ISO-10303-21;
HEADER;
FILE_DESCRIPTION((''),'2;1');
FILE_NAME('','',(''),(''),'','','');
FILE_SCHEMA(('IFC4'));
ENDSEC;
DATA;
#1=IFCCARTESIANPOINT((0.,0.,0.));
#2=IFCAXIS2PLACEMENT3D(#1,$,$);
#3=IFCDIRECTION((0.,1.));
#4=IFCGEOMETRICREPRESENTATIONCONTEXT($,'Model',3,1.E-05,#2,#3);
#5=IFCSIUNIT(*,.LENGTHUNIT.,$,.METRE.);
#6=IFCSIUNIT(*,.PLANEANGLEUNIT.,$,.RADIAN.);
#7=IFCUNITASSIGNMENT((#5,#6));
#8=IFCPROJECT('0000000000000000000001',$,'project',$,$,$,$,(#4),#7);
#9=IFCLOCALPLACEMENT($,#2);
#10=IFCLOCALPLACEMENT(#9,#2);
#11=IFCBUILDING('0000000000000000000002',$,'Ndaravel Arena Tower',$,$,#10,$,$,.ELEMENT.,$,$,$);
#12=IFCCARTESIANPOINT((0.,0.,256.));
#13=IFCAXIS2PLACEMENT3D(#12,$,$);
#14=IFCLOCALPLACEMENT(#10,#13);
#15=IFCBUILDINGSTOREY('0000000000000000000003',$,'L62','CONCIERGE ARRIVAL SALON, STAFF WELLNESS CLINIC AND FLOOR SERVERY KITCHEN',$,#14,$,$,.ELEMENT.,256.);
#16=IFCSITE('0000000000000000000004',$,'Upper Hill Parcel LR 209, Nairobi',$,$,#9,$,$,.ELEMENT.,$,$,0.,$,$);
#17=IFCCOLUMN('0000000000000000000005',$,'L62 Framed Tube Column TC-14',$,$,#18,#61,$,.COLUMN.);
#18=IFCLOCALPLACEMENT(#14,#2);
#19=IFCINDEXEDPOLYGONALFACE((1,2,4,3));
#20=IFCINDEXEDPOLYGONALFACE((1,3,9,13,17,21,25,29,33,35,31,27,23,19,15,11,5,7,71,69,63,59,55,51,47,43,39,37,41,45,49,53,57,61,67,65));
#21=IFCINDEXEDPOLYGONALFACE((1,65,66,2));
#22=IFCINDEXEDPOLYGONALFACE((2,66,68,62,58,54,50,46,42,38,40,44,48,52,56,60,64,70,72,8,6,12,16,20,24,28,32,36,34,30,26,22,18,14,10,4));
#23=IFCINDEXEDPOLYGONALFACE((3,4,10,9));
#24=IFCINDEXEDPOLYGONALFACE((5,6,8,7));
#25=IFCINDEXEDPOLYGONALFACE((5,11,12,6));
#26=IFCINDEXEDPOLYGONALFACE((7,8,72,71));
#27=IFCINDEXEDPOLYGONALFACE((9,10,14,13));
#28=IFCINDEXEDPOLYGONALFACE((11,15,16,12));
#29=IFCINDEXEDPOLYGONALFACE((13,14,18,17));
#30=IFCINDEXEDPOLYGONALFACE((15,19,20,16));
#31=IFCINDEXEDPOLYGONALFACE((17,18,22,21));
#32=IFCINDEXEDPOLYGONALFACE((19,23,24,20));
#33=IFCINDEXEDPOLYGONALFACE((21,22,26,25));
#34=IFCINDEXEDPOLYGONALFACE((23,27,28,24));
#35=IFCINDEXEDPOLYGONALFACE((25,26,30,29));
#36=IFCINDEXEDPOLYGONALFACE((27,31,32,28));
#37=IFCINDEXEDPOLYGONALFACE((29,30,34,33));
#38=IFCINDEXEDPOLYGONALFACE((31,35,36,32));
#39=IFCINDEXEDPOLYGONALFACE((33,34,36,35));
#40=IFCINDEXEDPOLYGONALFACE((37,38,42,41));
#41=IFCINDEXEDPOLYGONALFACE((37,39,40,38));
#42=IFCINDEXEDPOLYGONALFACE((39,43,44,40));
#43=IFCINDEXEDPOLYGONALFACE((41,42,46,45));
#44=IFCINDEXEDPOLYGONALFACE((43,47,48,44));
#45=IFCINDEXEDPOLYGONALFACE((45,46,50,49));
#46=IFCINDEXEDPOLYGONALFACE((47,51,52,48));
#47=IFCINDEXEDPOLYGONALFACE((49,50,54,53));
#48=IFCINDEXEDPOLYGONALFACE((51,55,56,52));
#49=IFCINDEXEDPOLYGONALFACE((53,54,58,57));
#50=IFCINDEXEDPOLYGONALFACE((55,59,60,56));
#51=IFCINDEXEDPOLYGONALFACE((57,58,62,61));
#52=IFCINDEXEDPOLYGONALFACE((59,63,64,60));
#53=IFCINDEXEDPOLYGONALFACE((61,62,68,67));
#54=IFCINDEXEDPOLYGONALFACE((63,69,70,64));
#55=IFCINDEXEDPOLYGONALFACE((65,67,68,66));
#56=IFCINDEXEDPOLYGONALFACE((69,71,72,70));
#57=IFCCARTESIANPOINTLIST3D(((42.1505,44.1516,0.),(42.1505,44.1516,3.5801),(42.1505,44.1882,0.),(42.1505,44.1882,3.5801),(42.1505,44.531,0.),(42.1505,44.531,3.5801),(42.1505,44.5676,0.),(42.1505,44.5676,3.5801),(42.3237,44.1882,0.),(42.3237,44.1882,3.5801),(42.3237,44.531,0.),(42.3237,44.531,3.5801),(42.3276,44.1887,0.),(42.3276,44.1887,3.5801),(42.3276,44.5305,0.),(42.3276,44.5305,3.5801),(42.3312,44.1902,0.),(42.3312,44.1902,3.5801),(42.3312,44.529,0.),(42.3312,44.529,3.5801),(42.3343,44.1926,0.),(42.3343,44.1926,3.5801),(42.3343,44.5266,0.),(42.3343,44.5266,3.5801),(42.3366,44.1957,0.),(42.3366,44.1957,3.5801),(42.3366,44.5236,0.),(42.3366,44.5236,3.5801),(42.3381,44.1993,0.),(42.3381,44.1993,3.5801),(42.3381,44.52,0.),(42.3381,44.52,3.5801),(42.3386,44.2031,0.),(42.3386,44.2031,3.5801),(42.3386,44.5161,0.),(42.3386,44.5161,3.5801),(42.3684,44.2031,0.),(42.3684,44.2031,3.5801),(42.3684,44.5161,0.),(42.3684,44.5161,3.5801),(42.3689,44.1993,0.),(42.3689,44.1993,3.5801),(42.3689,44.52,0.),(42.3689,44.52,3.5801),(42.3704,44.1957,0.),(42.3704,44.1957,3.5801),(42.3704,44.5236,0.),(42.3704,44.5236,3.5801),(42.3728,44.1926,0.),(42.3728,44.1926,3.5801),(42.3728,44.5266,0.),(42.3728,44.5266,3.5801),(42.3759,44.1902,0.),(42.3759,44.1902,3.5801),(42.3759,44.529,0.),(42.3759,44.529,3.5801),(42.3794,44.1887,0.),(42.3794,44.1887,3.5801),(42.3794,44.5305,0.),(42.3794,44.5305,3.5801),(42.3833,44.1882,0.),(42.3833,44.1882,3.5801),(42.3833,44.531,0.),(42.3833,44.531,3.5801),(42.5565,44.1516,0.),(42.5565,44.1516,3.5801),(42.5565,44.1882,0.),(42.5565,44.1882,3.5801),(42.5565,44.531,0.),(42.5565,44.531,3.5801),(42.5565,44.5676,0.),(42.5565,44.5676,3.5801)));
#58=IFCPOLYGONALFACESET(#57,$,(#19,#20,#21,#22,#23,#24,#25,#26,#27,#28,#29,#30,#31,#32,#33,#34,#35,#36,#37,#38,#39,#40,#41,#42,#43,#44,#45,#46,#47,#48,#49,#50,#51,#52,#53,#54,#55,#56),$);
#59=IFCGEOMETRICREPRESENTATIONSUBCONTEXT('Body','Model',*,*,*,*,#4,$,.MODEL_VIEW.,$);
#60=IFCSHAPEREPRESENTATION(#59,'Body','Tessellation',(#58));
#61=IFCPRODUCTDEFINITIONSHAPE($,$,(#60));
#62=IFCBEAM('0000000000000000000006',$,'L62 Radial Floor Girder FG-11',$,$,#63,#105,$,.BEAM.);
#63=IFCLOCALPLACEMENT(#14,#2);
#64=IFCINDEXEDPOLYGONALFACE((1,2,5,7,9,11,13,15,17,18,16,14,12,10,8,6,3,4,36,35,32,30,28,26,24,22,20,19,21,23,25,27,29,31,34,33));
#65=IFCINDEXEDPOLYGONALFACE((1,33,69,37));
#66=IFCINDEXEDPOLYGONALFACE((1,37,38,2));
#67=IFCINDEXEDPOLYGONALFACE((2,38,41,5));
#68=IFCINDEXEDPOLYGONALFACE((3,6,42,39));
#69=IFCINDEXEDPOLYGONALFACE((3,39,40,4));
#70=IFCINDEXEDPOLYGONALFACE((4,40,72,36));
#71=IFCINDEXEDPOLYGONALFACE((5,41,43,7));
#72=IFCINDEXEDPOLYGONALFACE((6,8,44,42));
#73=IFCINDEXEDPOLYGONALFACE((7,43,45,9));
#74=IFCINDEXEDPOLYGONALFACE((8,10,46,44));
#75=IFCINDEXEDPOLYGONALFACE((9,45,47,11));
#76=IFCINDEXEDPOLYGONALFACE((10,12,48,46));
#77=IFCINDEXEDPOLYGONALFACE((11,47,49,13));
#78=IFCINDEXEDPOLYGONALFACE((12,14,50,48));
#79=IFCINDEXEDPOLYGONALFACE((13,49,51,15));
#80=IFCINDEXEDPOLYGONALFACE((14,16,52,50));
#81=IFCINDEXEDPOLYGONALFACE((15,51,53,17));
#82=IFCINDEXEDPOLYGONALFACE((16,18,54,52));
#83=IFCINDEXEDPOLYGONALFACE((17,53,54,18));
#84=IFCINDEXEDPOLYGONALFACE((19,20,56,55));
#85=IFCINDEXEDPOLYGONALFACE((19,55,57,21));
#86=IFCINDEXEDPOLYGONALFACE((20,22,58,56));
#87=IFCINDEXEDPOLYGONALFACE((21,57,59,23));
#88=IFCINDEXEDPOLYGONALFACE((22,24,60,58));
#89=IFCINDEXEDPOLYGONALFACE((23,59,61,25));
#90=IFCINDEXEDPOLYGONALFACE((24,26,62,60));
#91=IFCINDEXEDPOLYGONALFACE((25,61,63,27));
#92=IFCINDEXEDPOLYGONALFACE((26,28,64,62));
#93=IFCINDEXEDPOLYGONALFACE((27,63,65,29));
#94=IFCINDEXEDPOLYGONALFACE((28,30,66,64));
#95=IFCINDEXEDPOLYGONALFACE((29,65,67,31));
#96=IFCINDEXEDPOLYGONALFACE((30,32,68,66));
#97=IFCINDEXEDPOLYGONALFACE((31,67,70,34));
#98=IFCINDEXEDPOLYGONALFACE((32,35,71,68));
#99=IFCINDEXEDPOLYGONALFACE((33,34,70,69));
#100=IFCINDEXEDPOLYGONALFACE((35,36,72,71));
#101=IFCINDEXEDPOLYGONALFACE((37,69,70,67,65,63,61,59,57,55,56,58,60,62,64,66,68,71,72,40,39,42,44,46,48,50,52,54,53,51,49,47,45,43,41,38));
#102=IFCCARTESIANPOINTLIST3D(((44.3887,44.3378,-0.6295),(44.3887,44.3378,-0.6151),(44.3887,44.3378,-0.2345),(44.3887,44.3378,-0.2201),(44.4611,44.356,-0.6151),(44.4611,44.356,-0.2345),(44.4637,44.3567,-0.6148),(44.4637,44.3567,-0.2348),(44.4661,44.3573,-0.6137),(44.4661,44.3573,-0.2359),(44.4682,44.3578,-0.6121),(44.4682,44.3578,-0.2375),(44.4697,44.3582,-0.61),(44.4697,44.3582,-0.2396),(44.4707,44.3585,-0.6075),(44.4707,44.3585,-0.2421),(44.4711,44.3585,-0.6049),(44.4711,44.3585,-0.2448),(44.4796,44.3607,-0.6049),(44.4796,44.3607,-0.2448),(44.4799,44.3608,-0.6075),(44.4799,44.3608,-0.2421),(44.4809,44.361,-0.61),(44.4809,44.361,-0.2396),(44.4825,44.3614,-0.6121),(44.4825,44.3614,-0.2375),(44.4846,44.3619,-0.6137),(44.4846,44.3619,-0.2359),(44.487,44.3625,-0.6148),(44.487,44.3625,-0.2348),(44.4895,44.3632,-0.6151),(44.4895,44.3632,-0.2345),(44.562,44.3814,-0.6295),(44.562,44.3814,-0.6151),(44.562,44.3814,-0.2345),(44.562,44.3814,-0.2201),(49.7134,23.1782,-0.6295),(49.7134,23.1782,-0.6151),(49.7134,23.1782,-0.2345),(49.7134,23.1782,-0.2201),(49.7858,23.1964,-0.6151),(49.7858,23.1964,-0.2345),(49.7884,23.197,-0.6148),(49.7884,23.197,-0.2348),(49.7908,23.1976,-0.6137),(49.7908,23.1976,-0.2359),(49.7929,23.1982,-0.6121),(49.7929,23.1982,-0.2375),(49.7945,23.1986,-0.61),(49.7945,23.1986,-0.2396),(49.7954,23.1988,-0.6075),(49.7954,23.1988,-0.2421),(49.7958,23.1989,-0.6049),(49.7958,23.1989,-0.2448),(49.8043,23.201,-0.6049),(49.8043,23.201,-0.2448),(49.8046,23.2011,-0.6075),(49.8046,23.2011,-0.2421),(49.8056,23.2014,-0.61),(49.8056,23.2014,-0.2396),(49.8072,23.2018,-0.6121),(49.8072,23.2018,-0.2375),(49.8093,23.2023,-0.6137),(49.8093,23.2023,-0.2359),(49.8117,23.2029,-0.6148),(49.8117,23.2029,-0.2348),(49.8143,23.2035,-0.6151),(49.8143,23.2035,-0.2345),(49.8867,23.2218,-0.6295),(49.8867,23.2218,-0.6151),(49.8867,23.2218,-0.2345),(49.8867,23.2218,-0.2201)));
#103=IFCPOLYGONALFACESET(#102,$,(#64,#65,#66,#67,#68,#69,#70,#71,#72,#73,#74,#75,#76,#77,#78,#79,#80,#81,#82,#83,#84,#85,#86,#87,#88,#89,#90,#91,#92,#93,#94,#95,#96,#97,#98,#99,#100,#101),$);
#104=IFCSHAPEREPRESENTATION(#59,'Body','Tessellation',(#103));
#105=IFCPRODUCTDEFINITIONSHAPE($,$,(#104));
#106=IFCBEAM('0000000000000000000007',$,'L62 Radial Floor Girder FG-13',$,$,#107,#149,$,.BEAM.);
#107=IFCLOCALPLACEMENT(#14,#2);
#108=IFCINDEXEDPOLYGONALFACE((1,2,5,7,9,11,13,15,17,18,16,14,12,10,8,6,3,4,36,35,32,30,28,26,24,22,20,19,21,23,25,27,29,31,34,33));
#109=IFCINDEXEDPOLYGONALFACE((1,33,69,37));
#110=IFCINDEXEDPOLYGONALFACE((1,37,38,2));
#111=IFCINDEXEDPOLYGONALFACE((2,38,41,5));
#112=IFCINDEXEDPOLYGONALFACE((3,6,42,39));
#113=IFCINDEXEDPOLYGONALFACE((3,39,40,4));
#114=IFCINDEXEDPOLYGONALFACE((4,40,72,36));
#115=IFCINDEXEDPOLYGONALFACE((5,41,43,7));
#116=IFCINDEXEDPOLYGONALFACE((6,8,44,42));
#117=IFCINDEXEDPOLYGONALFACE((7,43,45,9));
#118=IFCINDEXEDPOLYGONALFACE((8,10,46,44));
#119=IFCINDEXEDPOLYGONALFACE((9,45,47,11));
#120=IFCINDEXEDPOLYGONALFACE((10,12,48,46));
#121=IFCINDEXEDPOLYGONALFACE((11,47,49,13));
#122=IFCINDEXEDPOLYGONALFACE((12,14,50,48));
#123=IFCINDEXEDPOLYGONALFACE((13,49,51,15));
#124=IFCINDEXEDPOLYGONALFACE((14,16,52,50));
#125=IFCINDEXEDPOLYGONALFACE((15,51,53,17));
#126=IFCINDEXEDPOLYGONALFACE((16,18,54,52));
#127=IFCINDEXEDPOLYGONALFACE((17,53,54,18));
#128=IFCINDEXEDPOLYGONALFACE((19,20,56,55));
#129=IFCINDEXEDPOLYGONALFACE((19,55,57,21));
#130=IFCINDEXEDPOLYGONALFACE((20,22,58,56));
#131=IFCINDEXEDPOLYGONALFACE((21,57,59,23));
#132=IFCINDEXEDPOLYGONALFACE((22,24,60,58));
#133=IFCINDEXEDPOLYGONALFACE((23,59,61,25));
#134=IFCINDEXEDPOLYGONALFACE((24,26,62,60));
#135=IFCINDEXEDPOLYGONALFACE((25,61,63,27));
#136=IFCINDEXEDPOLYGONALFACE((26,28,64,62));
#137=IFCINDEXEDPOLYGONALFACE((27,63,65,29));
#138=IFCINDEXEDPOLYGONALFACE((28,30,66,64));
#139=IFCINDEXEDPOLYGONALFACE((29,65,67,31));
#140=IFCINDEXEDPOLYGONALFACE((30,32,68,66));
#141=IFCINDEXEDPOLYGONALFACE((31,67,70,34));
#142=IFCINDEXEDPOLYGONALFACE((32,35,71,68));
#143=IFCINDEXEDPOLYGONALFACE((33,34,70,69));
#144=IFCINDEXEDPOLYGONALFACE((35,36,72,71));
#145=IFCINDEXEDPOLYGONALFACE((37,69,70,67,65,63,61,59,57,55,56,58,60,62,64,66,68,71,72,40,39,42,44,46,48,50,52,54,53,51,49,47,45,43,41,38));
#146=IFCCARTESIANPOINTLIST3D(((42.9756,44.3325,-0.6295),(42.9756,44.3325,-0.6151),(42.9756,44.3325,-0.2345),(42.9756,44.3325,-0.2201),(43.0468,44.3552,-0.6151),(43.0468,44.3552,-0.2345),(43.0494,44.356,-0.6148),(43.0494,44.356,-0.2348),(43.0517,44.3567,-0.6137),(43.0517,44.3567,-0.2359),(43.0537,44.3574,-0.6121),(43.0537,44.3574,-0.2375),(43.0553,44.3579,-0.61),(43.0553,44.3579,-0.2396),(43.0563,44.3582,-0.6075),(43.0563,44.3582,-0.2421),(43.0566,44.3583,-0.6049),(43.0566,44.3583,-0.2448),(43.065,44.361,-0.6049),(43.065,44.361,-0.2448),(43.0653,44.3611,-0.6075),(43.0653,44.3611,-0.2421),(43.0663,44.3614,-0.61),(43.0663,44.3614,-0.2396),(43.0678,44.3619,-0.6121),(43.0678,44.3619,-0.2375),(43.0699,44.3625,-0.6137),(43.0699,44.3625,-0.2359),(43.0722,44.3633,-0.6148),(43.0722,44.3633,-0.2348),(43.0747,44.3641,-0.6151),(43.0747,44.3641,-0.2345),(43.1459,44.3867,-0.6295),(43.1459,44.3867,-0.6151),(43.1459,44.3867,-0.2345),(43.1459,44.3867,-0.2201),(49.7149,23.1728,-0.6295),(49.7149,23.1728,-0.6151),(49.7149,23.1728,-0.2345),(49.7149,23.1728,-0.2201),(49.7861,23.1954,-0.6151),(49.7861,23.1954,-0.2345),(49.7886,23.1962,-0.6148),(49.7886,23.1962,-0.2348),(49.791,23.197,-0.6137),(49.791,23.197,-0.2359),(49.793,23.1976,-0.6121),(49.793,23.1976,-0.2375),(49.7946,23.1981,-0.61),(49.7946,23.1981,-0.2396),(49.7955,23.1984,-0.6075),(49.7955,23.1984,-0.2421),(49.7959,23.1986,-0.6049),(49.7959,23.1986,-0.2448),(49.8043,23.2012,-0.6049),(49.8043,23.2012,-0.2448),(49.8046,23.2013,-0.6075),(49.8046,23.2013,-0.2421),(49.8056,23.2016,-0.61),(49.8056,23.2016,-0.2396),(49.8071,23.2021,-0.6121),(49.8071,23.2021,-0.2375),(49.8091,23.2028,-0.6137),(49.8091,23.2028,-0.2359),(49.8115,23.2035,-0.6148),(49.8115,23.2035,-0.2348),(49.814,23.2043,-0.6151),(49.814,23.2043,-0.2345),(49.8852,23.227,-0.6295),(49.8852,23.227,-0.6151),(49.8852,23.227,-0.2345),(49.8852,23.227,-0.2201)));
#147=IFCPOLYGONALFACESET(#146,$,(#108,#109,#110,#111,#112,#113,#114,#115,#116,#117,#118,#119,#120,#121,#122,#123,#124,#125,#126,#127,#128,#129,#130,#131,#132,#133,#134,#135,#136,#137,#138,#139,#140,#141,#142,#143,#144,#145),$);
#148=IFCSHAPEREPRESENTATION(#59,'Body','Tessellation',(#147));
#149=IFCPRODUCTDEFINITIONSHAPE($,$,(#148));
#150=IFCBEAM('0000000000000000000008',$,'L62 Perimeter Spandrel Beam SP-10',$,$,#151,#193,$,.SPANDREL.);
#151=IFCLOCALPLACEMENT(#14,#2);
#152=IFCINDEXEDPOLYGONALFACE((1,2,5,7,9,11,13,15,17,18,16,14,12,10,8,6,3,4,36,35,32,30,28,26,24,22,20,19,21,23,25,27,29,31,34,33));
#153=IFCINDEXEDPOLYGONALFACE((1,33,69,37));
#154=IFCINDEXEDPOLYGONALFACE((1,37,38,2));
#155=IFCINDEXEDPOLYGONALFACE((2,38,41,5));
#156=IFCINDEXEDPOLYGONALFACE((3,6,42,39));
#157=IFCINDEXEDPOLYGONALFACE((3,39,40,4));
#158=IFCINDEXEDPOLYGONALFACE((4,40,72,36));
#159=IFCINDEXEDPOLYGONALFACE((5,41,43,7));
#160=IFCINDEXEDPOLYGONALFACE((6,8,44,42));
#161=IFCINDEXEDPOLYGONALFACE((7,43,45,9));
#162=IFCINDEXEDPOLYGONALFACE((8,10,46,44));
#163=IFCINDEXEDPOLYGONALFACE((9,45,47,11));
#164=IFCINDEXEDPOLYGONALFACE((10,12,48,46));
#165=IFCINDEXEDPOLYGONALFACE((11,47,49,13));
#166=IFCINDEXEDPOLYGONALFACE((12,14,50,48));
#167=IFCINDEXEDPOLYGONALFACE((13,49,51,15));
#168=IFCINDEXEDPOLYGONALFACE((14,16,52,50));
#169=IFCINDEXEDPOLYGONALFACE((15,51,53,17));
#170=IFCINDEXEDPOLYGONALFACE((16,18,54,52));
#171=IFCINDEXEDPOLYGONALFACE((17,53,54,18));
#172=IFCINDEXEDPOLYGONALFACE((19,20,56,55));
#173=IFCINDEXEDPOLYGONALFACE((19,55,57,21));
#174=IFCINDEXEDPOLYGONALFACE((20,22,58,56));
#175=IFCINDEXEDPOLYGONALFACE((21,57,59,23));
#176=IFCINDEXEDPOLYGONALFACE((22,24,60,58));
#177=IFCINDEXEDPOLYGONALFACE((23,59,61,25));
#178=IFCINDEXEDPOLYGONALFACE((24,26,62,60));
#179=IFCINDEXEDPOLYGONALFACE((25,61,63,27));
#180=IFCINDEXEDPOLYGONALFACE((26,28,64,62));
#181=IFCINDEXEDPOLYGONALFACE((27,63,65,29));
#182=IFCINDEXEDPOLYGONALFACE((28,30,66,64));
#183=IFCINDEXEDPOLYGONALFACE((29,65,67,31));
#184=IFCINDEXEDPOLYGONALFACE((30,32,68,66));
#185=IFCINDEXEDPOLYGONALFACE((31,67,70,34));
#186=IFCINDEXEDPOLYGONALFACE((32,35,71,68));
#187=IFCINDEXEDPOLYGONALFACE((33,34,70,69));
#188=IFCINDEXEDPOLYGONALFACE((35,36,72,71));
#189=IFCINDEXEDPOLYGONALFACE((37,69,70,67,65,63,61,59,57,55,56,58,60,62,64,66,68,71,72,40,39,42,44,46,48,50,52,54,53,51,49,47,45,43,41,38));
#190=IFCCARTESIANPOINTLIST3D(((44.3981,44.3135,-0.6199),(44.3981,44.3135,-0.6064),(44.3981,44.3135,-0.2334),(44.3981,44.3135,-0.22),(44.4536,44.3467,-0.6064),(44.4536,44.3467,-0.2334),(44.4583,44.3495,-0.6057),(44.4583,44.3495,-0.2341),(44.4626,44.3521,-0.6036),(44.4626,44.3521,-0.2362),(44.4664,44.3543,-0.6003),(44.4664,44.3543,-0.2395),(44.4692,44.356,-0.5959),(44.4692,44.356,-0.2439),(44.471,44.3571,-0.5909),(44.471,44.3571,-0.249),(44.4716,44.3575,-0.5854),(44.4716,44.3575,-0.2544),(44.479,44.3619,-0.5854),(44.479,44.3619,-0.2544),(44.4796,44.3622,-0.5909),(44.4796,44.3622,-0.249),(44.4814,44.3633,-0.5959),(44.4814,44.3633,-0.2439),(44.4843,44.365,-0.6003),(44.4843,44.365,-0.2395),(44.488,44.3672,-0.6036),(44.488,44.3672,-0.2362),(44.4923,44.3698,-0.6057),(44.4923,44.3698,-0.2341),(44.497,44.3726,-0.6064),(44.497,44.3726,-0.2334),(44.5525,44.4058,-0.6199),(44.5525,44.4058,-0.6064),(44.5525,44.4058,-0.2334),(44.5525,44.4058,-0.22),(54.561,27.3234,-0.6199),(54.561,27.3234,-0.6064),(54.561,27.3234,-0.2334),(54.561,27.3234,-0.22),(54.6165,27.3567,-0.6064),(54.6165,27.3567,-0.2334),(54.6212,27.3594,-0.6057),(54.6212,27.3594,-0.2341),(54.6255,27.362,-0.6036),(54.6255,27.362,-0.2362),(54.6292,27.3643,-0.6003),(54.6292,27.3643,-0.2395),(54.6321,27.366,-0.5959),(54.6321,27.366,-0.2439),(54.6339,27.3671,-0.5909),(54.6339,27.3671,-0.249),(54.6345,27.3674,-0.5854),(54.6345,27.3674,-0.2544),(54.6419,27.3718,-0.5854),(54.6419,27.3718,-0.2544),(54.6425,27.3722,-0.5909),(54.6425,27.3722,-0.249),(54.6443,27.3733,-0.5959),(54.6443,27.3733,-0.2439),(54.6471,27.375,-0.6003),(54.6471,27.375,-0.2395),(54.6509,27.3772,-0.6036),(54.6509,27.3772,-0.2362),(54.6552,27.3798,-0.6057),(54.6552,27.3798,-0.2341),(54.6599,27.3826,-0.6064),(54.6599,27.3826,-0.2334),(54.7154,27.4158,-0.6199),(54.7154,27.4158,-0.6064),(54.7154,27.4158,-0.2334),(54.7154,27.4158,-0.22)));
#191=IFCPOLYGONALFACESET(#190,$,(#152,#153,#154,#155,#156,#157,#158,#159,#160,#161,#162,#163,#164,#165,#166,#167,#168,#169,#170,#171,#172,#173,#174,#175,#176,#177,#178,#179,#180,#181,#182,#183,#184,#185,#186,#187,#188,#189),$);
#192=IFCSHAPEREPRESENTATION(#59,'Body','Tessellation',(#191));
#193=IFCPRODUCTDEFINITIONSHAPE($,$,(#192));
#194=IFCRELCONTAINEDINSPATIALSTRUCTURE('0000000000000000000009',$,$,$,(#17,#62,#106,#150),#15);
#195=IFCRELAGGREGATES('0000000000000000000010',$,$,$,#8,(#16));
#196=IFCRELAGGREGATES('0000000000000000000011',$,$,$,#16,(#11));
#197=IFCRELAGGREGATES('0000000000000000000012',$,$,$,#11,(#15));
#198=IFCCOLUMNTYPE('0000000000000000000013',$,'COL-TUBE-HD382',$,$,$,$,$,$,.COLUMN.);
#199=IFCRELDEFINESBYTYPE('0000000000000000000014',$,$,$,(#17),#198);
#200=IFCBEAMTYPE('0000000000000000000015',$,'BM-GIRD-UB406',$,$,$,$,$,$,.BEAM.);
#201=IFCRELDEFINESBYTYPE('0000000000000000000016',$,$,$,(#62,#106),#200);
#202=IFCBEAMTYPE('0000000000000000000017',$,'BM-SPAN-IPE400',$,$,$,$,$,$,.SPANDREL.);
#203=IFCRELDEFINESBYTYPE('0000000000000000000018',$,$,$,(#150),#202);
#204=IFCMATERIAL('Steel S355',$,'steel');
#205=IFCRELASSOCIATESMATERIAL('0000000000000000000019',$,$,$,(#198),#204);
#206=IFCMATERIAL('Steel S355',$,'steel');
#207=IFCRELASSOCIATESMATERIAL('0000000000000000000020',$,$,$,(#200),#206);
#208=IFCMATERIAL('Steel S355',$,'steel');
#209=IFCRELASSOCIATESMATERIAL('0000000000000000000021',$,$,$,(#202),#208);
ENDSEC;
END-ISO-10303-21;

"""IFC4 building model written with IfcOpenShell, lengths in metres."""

from ifc_helpers import new_model, si_unit, direction, frame, origin, origin_2d, place, context, subcontext, project, spatial, i_section, extrude, material, material_profile, profile_set, type_object, element, save


model = new_model("IFC4")

# Units and contexts
model_context = context("Model", 3, precision=1e-05, world=origin(), true_north=direction((0.0, 1.0)))
body_context = subcontext(model_context, "Body", "Model", "MODEL_VIEW")
ifc_project = project(units=[si_unit("LENGTHUNIT", "METRE"), si_unit("PLANEANGLEUNIT", "RADIAN")], contexts=[model_context])

# Site, building, storey
site_placement = place(None, origin())
site = spatial("IfcSite", under=ifc_project, at=site_placement, Name="Upper Hill Parcel LR 209, Nairobi", CompositionType="ELEMENT", RefElevation=0.0)
building_placement = place(site_placement, origin())
building = spatial("IfcBuilding", under=site, at=building_placement, Name="Ndaravel Arena Tower", CompositionType="ELEMENT")
storey_placement = place(building_placement, frame((0.0, 0.0, 256.0)))
storey = spatial("IfcBuildingStorey", under=building, at=storey_placement, Name="L62", Description="CONCIERGE ARRIVAL SALON, STAFF WELLNESS CLINIC AND FLOOR SERVERY KITCHEN", CompositionType="ELEMENT", Elevation=256.0)

# Column
ifc_material_1 = material(Name="Steel S355", Category="steel")
ifc_material_profile_1 = material_profile(ifc_material_1, i_section(OverallWidth=0.406, OverallDepth=0.416, WebThickness=0.0298, FlangeThickness=0.0366, FilletRadius=0.0149, at=origin_2d()), Name="HD 400x382")
ifc_profile_set_1 = profile_set([ifc_material_profile_1], Name="Steel S355")
column_type = type_object("IfcColumnType", Name="COL-TUBE-HD382", PredefinedType="COLUMN", material=ifc_profile_set_1)
for number, where, z_axis, x_axis, name in (
    (1, (42.3535, 44.3596, 0.0), (0.0, 0.0, 1.0), (1.0, 0.0, 0.0), "L62 Framed Tube Column TC-14"),
):
    element("IfcColumn", number, at=place(storey_placement, frame(where, z_axis=z_axis, x_axis=x_axis)), inside=storey, type_object=column_type, Name=name, PredefinedType="COLUMN", context=body_context, shape_type="SweptSolid", body=[
        extrude(i_section(OverallWidth=0.406, OverallDepth=0.416, WebThickness=0.0298, FlangeThickness=0.0366, FilletRadius=0.0149, at=origin_2d()), origin(), (0.0, 0.0, 1.0), 3.5801),
    ])

# Beams
ifc_material_2 = material(Name="Steel S355", Category="steel")
ifc_material_profile_2 = material_profile(ifc_material_2, i_section(OverallWidth=0.1787, OverallDepth=0.4094, WebThickness=0.0088, FlangeThickness=0.0144, FilletRadius=0.0103, at=origin_2d()), Name="UB 406x178x67")
ifc_profile_set_2 = profile_set([ifc_material_profile_2], Name="Steel S355")
beam_type_1 = type_object("IfcBeamType", Name="BM-GIRD-UB406", PredefinedType="BEAM", material=ifc_profile_set_2)
beam_1_placement = place(storey_placement, frame((44.4753, 44.3596, -0.4248), z_axis=(0.244036, -0.969766, 0.0), x_axis=(0.969766, 0.244036, 0.0)))
element("IfcBeam", 2, at=beam_1_placement, inside=storey, type_object=beam_type_1, Name="L62 Radial Floor Girder FG-11", PredefinedType="BEAM", context=body_context, shape_type="SweptSolid", body=[
    extrude(i_section(OverallWidth=0.1787, OverallDepth=0.4094, WebThickness=0.0088, FlangeThickness=0.0144, FilletRadius=0.0103, at=origin_2d()), origin(), (0.0, 0.0, 1.0), 21.8193),
])
beam_2_placement = place(storey_placement, frame((43.0608, 44.3596, -0.4248), z_axis=(0.303475, -0.952839, 0.0), x_axis=(0.952839, 0.303475, 0.0)))
element("IfcBeam", 3, at=beam_2_placement, inside=storey, type_object=beam_type_1, Name="L62 Radial Floor Girder FG-13", PredefinedType="BEAM", context=body_context, shape_type="SweptSolid", body=[
    extrude(i_section(OverallWidth=0.1787, OverallDepth=0.4094, WebThickness=0.0088, FlangeThickness=0.0144, FilletRadius=0.0103, at=origin_2d()), origin(), (0.0, 0.0, 1.0), 22.207),
])
ifc_material_3 = material(Name="Steel S355", Category="steel")
ifc_material_profile_3 = material_profile(ifc_material_3, i_section(OverallWidth=0.1799, OverallDepth=0.3999, WebThickness=0.0085, FlangeThickness=0.0134, FilletRadius=0.021, at=origin_2d()), Name="IPE 400")
ifc_profile_set_3 = profile_set([ifc_material_profile_3], Name="Steel S355")
beam_type_2 = type_object("IfcBeamType", Name="BM-SPAN-IPE400", PredefinedType="SPANDREL", material=ifc_profile_set_3)
beam_3_placement = place(storey_placement, frame((54.6382, 27.3696, -0.4199), z_axis=(-0.513338, 0.858186, 0.0), x_axis=(-0.858186, -0.513338, 0.0)))
element("IfcBeam", 4, at=beam_3_placement, inside=storey, type_object=beam_type_2, Name="L62 Perimeter Spandrel Beam SP-10", PredefinedType="SPANDREL", context=body_context, shape_type="SweptSolid", body=[
    extrude(i_section(OverallWidth=0.1799, OverallDepth=0.3999, WebThickness=0.0085, FlangeThickness=0.0134, FilletRadius=0.021, at=origin_2d()), origin(), (0.0, 0.0, 1.0), 19.7976),
])

save(model, "model.ifc")
